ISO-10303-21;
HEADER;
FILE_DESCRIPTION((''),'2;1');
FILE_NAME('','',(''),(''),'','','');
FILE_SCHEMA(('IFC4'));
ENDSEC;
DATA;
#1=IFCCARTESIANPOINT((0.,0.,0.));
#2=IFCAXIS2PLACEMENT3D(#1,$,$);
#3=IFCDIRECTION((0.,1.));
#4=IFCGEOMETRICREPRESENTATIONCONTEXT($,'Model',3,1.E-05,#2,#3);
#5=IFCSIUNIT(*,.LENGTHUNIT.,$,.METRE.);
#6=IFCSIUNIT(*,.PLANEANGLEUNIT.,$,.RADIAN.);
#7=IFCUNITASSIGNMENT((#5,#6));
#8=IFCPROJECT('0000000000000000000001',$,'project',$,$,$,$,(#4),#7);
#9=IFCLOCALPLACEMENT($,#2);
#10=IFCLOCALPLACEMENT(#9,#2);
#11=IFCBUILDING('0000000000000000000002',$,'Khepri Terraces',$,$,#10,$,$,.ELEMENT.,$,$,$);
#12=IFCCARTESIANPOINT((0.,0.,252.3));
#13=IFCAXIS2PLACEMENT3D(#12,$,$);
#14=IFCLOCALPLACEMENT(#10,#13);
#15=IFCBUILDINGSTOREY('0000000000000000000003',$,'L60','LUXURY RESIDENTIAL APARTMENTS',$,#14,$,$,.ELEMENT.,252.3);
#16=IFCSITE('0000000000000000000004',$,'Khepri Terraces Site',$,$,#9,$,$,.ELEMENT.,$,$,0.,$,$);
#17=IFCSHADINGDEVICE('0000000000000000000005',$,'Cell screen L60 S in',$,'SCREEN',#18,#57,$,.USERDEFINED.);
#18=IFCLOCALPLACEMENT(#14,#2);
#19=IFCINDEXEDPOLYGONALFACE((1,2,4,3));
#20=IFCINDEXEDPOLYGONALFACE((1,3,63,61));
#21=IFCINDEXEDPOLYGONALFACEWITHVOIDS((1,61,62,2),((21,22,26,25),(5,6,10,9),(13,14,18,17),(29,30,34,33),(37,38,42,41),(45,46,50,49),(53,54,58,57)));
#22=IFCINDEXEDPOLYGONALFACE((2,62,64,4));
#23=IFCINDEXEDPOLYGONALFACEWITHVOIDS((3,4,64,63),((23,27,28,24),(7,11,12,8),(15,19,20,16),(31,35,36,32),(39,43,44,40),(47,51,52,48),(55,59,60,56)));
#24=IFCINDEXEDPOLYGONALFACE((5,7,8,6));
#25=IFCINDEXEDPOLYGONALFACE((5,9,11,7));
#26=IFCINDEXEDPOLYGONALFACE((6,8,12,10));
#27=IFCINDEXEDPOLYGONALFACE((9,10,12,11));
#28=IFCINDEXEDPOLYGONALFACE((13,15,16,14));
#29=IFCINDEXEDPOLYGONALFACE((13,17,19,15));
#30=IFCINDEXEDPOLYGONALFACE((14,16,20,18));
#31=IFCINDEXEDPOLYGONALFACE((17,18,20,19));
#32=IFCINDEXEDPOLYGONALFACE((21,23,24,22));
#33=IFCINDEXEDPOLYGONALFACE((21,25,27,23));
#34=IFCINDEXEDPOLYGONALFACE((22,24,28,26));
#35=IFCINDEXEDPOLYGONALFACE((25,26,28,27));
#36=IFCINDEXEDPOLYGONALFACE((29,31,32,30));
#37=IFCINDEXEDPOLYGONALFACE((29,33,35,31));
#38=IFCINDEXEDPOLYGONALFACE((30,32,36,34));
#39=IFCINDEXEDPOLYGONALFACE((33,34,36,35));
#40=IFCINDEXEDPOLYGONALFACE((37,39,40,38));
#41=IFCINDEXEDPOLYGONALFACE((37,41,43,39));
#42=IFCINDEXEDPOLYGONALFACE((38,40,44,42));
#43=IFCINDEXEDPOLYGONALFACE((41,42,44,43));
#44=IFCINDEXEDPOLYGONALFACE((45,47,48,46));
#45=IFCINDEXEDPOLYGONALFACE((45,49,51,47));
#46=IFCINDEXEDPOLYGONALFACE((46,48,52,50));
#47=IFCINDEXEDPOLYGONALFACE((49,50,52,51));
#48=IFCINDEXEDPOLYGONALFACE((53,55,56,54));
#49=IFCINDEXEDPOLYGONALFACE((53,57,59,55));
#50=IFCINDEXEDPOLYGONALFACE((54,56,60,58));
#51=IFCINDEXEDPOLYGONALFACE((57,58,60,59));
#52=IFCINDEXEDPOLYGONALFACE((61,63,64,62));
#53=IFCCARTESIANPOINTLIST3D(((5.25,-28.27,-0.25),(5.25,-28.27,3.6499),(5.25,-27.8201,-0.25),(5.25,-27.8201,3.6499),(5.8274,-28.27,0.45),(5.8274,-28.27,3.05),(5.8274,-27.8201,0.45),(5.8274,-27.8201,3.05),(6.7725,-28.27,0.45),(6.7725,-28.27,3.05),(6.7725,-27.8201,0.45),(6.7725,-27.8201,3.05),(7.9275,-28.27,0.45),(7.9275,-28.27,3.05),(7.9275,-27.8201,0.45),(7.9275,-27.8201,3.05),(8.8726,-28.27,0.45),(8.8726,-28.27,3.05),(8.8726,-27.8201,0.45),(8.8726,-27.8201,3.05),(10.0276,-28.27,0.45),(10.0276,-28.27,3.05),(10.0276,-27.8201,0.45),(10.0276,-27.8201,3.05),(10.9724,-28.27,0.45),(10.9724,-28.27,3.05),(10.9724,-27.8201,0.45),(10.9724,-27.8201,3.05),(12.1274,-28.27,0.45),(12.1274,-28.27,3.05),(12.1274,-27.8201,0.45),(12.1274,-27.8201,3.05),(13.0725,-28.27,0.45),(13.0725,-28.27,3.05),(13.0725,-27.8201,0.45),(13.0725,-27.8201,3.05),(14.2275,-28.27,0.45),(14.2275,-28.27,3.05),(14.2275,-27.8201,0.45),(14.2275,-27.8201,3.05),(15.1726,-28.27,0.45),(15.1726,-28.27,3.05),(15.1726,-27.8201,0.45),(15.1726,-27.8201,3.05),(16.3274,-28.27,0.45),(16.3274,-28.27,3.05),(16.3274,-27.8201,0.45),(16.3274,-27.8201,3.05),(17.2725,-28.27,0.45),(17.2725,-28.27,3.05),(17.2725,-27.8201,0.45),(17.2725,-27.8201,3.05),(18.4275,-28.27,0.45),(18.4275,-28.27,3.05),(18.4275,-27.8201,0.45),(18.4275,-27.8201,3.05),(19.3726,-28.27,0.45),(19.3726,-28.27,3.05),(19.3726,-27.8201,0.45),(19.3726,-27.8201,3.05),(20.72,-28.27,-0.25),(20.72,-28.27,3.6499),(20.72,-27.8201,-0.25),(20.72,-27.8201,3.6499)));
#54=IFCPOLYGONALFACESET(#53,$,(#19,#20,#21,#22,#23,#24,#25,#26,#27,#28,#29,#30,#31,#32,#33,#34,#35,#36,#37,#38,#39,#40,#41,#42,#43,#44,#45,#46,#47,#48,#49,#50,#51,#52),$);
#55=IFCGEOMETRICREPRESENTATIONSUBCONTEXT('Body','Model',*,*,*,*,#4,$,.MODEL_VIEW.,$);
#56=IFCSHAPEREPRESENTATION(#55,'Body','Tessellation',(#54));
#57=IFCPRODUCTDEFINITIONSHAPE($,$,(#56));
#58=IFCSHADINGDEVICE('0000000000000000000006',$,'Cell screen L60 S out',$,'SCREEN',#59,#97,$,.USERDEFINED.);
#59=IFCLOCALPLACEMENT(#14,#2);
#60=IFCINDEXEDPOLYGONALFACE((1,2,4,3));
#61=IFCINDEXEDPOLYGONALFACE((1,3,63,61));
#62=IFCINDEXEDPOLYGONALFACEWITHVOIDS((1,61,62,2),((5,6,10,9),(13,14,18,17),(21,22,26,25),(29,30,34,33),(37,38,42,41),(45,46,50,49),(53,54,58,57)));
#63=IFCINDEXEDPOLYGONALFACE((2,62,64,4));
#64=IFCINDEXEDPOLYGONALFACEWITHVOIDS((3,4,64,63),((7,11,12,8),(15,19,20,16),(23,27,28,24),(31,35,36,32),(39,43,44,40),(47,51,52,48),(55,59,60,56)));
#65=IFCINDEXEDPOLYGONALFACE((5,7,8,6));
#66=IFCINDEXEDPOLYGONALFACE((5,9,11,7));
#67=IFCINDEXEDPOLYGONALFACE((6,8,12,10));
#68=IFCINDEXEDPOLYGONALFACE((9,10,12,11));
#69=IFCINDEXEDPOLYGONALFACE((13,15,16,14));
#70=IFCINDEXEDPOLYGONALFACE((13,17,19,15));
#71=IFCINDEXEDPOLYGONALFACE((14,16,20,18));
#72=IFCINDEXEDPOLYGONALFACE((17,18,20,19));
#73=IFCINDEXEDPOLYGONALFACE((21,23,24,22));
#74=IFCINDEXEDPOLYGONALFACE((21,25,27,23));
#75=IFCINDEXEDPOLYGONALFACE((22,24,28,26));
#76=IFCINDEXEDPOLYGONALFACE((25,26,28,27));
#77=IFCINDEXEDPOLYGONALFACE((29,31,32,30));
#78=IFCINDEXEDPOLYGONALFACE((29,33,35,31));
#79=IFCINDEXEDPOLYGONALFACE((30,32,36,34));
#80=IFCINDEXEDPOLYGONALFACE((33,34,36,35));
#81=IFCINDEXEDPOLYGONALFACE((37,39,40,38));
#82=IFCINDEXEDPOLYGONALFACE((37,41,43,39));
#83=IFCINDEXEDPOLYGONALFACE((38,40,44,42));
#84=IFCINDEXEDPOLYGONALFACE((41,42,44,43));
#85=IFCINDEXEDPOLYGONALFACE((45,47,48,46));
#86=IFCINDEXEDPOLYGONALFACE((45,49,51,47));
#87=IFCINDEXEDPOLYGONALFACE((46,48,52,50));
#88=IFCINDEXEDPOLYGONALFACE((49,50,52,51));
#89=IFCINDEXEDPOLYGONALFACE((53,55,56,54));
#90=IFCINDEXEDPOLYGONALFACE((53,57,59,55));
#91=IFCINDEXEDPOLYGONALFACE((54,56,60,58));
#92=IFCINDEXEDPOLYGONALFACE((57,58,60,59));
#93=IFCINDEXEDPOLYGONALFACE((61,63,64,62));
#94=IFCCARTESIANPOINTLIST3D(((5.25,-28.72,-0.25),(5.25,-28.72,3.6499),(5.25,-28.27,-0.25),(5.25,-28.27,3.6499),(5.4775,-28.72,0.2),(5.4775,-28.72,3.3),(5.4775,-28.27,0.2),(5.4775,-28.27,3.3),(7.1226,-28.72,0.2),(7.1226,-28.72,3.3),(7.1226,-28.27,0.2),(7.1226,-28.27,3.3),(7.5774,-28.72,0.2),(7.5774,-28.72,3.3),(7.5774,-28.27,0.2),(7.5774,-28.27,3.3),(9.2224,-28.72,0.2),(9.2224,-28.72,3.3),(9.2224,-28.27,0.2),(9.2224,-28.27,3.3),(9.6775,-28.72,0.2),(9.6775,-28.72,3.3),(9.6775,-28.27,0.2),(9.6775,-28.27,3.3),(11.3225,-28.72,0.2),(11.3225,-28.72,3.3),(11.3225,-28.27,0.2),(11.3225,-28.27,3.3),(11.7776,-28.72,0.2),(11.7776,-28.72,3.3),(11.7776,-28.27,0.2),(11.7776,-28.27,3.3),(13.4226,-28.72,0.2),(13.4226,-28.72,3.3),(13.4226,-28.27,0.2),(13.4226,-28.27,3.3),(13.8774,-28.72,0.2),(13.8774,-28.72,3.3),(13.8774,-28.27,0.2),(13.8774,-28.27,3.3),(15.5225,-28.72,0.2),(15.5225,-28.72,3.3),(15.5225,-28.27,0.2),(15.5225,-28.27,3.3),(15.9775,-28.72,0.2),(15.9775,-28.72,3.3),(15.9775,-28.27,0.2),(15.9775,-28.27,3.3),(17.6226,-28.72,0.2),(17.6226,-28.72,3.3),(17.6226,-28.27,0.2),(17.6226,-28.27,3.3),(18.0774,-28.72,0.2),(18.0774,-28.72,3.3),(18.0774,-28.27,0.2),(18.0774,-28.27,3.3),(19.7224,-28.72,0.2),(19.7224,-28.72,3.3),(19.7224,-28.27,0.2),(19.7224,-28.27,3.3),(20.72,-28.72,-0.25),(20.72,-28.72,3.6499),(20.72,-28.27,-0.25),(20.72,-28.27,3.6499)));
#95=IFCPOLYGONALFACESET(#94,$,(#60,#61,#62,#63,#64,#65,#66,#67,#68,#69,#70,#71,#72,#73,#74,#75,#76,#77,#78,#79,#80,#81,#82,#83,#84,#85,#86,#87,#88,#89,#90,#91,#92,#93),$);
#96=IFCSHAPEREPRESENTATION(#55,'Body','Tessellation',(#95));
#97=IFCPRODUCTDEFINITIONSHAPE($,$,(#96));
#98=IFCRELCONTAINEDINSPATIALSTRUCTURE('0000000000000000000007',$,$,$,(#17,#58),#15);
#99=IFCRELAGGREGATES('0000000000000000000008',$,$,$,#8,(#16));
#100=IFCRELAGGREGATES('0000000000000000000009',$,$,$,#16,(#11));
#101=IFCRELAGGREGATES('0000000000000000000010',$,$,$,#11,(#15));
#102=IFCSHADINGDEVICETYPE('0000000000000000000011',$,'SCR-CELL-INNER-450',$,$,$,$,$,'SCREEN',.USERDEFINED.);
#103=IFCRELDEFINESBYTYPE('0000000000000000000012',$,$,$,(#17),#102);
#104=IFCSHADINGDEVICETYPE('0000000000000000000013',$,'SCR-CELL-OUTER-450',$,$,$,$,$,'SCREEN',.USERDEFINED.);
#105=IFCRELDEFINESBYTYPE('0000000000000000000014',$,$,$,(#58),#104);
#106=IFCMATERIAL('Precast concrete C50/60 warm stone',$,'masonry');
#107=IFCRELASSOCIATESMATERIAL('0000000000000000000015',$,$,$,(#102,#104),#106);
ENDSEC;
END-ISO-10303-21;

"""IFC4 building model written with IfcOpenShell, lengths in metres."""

from ifc_helpers import new_model, si_unit, direction, frame, origin, place, context, subcontext, project, spatial, polyline, outline, extrude, material, type_object, element, save


model = new_model("IFC4")

# Units and contexts
model_context = context("Model", 3, precision=1e-05, world=origin(), true_north=direction((0.0, 1.0)))
body_context = subcontext(model_context, "Body", "Model", "MODEL_VIEW")
ifc_project = project(units=[si_unit("LENGTHUNIT", "METRE"), si_unit("PLANEANGLEUNIT", "RADIAN")], contexts=[model_context])

# Site, building, storey
site_placement = place(None, origin())
site = spatial("IfcSite", under=ifc_project, at=site_placement, Name="Khepri Terraces Site", CompositionType="ELEMENT", RefElevation=0.0)
building_placement = place(site_placement, origin())
building = spatial("IfcBuilding", under=site, at=building_placement, Name="Khepri Terraces", CompositionType="ELEMENT")
storey_placement = place(building_placement, frame((0.0, 0.0, 252.3)))
storey = spatial("IfcBuildingStorey", under=building, at=storey_placement, Name="L60", Description="LUXURY RESIDENTIAL APARTMENTS", CompositionType="ELEMENT", Elevation=252.3)

# Shared definitions
ifc_material_1 = material(Name="Precast concrete C50/60 warm stone", Category="masonry")

# Shading devices
shading_device_type_1 = type_object("IfcShadingDeviceType", Name="SCR-CELL-INNER-450", ElementType="SCREEN", PredefinedType="USERDEFINED", material=ifc_material_1)
shading_device_1_placement = place(storey_placement, frame((5.25, -27.8201, -0.25), z_axis=(0.0, -1.0, 0.0), x_axis=(1.0, 0.0, 0.0)))
element("IfcShadingDevice", 1, at=shading_device_1_placement, inside=storey, type_object=shading_device_type_1, Name="Cell screen L60 S in", ObjectType="SCREEN", PredefinedType="USERDEFINED", context=body_context, shape_type="SweptSolid", body=[
    extrude(outline(polyline([(0.0, 0.0), (15.47, 0.0), (15.47, 3.8999), (0.0, 3.8999), (0.0, 0.0)]), holes=[polyline([(0.5774, 0.7), (1.5225, 0.7), (1.5225, 3.3), (0.5774, 3.3), (0.5774, 0.7)]), polyline([(2.6775, 0.7), (3.6226, 0.7), (3.6226, 3.3), (2.6775, 3.3), (2.6775, 0.7)]), polyline([(4.7776, 0.7), (5.7224, 0.7), (5.7224, 3.3), (4.7776, 3.3), (4.7776, 0.7)]), polyline([(6.8774, 0.7), (7.8225, 0.7), (7.8225, 3.3), (6.8774, 3.3), (6.8774, 0.7)]), polyline([(8.9775, 0.7), (9.9226, 0.7), (9.9226, 3.3), (8.9775, 3.3), (8.9775, 0.7)]), polyline([(11.0774, 0.7), (12.0225, 0.7), (12.0225, 3.3), (11.0774, 3.3), (11.0774, 0.7)]), polyline([(13.1775, 0.7), (14.1226, 0.7), (14.1226, 3.3), (13.1775, 3.3), (13.1775, 0.7)])]), origin(), (0.0, 0.0, 1.0), 0.45),
])
shading_device_type_2 = type_object("IfcShadingDeviceType", Name="SCR-CELL-OUTER-450", ElementType="SCREEN", PredefinedType="USERDEFINED", material=ifc_material_1)
shading_device_2_placement = place(storey_placement, frame((5.25, -28.27, -0.25), z_axis=(0.0, -1.0, 0.0), x_axis=(1.0, 0.0, 0.0)))
element("IfcShadingDevice", 2, at=shading_device_2_placement, inside=storey, type_object=shading_device_type_2, Name="Cell screen L60 S out", ObjectType="SCREEN", PredefinedType="USERDEFINED", context=body_context, shape_type="SweptSolid", body=[
    extrude(outline(polyline([(0.0, 0.0), (15.47, 0.0), (15.47, 3.8999), (0.0, 3.8999), (0.0, 0.0)]), holes=[polyline([(0.2275, 0.45), (1.8726, 0.45), (1.8726, 3.55), (0.2275, 3.55), (0.2275, 0.45)]), polyline([(2.3274, 0.45), (3.9724, 0.45), (3.9724, 3.55), (2.3274, 3.55), (2.3274, 0.45)]), polyline([(4.4275, 0.45), (6.0725, 0.45), (6.0725, 3.55), (4.4275, 3.55), (4.4275, 0.45)]), polyline([(6.5276, 0.45), (8.1726, 0.45), (8.1726, 3.55), (6.5276, 3.55), (6.5276, 0.45)]), polyline([(8.6274, 0.45), (10.2725, 0.45), (10.2725, 3.55), (8.6274, 3.55), (8.6274, 0.45)]), polyline([(10.7275, 0.45), (12.3726, 0.45), (12.3726, 3.55), (10.7275, 3.55), (10.7275, 0.45)]), polyline([(12.8274, 0.45), (14.4724, 0.45), (14.4724, 3.55), (12.8274, 3.55), (12.8274, 0.45)])]), origin(), (0.0, 0.0, 1.0), 0.45),
])

save(model, "model.ifc")
